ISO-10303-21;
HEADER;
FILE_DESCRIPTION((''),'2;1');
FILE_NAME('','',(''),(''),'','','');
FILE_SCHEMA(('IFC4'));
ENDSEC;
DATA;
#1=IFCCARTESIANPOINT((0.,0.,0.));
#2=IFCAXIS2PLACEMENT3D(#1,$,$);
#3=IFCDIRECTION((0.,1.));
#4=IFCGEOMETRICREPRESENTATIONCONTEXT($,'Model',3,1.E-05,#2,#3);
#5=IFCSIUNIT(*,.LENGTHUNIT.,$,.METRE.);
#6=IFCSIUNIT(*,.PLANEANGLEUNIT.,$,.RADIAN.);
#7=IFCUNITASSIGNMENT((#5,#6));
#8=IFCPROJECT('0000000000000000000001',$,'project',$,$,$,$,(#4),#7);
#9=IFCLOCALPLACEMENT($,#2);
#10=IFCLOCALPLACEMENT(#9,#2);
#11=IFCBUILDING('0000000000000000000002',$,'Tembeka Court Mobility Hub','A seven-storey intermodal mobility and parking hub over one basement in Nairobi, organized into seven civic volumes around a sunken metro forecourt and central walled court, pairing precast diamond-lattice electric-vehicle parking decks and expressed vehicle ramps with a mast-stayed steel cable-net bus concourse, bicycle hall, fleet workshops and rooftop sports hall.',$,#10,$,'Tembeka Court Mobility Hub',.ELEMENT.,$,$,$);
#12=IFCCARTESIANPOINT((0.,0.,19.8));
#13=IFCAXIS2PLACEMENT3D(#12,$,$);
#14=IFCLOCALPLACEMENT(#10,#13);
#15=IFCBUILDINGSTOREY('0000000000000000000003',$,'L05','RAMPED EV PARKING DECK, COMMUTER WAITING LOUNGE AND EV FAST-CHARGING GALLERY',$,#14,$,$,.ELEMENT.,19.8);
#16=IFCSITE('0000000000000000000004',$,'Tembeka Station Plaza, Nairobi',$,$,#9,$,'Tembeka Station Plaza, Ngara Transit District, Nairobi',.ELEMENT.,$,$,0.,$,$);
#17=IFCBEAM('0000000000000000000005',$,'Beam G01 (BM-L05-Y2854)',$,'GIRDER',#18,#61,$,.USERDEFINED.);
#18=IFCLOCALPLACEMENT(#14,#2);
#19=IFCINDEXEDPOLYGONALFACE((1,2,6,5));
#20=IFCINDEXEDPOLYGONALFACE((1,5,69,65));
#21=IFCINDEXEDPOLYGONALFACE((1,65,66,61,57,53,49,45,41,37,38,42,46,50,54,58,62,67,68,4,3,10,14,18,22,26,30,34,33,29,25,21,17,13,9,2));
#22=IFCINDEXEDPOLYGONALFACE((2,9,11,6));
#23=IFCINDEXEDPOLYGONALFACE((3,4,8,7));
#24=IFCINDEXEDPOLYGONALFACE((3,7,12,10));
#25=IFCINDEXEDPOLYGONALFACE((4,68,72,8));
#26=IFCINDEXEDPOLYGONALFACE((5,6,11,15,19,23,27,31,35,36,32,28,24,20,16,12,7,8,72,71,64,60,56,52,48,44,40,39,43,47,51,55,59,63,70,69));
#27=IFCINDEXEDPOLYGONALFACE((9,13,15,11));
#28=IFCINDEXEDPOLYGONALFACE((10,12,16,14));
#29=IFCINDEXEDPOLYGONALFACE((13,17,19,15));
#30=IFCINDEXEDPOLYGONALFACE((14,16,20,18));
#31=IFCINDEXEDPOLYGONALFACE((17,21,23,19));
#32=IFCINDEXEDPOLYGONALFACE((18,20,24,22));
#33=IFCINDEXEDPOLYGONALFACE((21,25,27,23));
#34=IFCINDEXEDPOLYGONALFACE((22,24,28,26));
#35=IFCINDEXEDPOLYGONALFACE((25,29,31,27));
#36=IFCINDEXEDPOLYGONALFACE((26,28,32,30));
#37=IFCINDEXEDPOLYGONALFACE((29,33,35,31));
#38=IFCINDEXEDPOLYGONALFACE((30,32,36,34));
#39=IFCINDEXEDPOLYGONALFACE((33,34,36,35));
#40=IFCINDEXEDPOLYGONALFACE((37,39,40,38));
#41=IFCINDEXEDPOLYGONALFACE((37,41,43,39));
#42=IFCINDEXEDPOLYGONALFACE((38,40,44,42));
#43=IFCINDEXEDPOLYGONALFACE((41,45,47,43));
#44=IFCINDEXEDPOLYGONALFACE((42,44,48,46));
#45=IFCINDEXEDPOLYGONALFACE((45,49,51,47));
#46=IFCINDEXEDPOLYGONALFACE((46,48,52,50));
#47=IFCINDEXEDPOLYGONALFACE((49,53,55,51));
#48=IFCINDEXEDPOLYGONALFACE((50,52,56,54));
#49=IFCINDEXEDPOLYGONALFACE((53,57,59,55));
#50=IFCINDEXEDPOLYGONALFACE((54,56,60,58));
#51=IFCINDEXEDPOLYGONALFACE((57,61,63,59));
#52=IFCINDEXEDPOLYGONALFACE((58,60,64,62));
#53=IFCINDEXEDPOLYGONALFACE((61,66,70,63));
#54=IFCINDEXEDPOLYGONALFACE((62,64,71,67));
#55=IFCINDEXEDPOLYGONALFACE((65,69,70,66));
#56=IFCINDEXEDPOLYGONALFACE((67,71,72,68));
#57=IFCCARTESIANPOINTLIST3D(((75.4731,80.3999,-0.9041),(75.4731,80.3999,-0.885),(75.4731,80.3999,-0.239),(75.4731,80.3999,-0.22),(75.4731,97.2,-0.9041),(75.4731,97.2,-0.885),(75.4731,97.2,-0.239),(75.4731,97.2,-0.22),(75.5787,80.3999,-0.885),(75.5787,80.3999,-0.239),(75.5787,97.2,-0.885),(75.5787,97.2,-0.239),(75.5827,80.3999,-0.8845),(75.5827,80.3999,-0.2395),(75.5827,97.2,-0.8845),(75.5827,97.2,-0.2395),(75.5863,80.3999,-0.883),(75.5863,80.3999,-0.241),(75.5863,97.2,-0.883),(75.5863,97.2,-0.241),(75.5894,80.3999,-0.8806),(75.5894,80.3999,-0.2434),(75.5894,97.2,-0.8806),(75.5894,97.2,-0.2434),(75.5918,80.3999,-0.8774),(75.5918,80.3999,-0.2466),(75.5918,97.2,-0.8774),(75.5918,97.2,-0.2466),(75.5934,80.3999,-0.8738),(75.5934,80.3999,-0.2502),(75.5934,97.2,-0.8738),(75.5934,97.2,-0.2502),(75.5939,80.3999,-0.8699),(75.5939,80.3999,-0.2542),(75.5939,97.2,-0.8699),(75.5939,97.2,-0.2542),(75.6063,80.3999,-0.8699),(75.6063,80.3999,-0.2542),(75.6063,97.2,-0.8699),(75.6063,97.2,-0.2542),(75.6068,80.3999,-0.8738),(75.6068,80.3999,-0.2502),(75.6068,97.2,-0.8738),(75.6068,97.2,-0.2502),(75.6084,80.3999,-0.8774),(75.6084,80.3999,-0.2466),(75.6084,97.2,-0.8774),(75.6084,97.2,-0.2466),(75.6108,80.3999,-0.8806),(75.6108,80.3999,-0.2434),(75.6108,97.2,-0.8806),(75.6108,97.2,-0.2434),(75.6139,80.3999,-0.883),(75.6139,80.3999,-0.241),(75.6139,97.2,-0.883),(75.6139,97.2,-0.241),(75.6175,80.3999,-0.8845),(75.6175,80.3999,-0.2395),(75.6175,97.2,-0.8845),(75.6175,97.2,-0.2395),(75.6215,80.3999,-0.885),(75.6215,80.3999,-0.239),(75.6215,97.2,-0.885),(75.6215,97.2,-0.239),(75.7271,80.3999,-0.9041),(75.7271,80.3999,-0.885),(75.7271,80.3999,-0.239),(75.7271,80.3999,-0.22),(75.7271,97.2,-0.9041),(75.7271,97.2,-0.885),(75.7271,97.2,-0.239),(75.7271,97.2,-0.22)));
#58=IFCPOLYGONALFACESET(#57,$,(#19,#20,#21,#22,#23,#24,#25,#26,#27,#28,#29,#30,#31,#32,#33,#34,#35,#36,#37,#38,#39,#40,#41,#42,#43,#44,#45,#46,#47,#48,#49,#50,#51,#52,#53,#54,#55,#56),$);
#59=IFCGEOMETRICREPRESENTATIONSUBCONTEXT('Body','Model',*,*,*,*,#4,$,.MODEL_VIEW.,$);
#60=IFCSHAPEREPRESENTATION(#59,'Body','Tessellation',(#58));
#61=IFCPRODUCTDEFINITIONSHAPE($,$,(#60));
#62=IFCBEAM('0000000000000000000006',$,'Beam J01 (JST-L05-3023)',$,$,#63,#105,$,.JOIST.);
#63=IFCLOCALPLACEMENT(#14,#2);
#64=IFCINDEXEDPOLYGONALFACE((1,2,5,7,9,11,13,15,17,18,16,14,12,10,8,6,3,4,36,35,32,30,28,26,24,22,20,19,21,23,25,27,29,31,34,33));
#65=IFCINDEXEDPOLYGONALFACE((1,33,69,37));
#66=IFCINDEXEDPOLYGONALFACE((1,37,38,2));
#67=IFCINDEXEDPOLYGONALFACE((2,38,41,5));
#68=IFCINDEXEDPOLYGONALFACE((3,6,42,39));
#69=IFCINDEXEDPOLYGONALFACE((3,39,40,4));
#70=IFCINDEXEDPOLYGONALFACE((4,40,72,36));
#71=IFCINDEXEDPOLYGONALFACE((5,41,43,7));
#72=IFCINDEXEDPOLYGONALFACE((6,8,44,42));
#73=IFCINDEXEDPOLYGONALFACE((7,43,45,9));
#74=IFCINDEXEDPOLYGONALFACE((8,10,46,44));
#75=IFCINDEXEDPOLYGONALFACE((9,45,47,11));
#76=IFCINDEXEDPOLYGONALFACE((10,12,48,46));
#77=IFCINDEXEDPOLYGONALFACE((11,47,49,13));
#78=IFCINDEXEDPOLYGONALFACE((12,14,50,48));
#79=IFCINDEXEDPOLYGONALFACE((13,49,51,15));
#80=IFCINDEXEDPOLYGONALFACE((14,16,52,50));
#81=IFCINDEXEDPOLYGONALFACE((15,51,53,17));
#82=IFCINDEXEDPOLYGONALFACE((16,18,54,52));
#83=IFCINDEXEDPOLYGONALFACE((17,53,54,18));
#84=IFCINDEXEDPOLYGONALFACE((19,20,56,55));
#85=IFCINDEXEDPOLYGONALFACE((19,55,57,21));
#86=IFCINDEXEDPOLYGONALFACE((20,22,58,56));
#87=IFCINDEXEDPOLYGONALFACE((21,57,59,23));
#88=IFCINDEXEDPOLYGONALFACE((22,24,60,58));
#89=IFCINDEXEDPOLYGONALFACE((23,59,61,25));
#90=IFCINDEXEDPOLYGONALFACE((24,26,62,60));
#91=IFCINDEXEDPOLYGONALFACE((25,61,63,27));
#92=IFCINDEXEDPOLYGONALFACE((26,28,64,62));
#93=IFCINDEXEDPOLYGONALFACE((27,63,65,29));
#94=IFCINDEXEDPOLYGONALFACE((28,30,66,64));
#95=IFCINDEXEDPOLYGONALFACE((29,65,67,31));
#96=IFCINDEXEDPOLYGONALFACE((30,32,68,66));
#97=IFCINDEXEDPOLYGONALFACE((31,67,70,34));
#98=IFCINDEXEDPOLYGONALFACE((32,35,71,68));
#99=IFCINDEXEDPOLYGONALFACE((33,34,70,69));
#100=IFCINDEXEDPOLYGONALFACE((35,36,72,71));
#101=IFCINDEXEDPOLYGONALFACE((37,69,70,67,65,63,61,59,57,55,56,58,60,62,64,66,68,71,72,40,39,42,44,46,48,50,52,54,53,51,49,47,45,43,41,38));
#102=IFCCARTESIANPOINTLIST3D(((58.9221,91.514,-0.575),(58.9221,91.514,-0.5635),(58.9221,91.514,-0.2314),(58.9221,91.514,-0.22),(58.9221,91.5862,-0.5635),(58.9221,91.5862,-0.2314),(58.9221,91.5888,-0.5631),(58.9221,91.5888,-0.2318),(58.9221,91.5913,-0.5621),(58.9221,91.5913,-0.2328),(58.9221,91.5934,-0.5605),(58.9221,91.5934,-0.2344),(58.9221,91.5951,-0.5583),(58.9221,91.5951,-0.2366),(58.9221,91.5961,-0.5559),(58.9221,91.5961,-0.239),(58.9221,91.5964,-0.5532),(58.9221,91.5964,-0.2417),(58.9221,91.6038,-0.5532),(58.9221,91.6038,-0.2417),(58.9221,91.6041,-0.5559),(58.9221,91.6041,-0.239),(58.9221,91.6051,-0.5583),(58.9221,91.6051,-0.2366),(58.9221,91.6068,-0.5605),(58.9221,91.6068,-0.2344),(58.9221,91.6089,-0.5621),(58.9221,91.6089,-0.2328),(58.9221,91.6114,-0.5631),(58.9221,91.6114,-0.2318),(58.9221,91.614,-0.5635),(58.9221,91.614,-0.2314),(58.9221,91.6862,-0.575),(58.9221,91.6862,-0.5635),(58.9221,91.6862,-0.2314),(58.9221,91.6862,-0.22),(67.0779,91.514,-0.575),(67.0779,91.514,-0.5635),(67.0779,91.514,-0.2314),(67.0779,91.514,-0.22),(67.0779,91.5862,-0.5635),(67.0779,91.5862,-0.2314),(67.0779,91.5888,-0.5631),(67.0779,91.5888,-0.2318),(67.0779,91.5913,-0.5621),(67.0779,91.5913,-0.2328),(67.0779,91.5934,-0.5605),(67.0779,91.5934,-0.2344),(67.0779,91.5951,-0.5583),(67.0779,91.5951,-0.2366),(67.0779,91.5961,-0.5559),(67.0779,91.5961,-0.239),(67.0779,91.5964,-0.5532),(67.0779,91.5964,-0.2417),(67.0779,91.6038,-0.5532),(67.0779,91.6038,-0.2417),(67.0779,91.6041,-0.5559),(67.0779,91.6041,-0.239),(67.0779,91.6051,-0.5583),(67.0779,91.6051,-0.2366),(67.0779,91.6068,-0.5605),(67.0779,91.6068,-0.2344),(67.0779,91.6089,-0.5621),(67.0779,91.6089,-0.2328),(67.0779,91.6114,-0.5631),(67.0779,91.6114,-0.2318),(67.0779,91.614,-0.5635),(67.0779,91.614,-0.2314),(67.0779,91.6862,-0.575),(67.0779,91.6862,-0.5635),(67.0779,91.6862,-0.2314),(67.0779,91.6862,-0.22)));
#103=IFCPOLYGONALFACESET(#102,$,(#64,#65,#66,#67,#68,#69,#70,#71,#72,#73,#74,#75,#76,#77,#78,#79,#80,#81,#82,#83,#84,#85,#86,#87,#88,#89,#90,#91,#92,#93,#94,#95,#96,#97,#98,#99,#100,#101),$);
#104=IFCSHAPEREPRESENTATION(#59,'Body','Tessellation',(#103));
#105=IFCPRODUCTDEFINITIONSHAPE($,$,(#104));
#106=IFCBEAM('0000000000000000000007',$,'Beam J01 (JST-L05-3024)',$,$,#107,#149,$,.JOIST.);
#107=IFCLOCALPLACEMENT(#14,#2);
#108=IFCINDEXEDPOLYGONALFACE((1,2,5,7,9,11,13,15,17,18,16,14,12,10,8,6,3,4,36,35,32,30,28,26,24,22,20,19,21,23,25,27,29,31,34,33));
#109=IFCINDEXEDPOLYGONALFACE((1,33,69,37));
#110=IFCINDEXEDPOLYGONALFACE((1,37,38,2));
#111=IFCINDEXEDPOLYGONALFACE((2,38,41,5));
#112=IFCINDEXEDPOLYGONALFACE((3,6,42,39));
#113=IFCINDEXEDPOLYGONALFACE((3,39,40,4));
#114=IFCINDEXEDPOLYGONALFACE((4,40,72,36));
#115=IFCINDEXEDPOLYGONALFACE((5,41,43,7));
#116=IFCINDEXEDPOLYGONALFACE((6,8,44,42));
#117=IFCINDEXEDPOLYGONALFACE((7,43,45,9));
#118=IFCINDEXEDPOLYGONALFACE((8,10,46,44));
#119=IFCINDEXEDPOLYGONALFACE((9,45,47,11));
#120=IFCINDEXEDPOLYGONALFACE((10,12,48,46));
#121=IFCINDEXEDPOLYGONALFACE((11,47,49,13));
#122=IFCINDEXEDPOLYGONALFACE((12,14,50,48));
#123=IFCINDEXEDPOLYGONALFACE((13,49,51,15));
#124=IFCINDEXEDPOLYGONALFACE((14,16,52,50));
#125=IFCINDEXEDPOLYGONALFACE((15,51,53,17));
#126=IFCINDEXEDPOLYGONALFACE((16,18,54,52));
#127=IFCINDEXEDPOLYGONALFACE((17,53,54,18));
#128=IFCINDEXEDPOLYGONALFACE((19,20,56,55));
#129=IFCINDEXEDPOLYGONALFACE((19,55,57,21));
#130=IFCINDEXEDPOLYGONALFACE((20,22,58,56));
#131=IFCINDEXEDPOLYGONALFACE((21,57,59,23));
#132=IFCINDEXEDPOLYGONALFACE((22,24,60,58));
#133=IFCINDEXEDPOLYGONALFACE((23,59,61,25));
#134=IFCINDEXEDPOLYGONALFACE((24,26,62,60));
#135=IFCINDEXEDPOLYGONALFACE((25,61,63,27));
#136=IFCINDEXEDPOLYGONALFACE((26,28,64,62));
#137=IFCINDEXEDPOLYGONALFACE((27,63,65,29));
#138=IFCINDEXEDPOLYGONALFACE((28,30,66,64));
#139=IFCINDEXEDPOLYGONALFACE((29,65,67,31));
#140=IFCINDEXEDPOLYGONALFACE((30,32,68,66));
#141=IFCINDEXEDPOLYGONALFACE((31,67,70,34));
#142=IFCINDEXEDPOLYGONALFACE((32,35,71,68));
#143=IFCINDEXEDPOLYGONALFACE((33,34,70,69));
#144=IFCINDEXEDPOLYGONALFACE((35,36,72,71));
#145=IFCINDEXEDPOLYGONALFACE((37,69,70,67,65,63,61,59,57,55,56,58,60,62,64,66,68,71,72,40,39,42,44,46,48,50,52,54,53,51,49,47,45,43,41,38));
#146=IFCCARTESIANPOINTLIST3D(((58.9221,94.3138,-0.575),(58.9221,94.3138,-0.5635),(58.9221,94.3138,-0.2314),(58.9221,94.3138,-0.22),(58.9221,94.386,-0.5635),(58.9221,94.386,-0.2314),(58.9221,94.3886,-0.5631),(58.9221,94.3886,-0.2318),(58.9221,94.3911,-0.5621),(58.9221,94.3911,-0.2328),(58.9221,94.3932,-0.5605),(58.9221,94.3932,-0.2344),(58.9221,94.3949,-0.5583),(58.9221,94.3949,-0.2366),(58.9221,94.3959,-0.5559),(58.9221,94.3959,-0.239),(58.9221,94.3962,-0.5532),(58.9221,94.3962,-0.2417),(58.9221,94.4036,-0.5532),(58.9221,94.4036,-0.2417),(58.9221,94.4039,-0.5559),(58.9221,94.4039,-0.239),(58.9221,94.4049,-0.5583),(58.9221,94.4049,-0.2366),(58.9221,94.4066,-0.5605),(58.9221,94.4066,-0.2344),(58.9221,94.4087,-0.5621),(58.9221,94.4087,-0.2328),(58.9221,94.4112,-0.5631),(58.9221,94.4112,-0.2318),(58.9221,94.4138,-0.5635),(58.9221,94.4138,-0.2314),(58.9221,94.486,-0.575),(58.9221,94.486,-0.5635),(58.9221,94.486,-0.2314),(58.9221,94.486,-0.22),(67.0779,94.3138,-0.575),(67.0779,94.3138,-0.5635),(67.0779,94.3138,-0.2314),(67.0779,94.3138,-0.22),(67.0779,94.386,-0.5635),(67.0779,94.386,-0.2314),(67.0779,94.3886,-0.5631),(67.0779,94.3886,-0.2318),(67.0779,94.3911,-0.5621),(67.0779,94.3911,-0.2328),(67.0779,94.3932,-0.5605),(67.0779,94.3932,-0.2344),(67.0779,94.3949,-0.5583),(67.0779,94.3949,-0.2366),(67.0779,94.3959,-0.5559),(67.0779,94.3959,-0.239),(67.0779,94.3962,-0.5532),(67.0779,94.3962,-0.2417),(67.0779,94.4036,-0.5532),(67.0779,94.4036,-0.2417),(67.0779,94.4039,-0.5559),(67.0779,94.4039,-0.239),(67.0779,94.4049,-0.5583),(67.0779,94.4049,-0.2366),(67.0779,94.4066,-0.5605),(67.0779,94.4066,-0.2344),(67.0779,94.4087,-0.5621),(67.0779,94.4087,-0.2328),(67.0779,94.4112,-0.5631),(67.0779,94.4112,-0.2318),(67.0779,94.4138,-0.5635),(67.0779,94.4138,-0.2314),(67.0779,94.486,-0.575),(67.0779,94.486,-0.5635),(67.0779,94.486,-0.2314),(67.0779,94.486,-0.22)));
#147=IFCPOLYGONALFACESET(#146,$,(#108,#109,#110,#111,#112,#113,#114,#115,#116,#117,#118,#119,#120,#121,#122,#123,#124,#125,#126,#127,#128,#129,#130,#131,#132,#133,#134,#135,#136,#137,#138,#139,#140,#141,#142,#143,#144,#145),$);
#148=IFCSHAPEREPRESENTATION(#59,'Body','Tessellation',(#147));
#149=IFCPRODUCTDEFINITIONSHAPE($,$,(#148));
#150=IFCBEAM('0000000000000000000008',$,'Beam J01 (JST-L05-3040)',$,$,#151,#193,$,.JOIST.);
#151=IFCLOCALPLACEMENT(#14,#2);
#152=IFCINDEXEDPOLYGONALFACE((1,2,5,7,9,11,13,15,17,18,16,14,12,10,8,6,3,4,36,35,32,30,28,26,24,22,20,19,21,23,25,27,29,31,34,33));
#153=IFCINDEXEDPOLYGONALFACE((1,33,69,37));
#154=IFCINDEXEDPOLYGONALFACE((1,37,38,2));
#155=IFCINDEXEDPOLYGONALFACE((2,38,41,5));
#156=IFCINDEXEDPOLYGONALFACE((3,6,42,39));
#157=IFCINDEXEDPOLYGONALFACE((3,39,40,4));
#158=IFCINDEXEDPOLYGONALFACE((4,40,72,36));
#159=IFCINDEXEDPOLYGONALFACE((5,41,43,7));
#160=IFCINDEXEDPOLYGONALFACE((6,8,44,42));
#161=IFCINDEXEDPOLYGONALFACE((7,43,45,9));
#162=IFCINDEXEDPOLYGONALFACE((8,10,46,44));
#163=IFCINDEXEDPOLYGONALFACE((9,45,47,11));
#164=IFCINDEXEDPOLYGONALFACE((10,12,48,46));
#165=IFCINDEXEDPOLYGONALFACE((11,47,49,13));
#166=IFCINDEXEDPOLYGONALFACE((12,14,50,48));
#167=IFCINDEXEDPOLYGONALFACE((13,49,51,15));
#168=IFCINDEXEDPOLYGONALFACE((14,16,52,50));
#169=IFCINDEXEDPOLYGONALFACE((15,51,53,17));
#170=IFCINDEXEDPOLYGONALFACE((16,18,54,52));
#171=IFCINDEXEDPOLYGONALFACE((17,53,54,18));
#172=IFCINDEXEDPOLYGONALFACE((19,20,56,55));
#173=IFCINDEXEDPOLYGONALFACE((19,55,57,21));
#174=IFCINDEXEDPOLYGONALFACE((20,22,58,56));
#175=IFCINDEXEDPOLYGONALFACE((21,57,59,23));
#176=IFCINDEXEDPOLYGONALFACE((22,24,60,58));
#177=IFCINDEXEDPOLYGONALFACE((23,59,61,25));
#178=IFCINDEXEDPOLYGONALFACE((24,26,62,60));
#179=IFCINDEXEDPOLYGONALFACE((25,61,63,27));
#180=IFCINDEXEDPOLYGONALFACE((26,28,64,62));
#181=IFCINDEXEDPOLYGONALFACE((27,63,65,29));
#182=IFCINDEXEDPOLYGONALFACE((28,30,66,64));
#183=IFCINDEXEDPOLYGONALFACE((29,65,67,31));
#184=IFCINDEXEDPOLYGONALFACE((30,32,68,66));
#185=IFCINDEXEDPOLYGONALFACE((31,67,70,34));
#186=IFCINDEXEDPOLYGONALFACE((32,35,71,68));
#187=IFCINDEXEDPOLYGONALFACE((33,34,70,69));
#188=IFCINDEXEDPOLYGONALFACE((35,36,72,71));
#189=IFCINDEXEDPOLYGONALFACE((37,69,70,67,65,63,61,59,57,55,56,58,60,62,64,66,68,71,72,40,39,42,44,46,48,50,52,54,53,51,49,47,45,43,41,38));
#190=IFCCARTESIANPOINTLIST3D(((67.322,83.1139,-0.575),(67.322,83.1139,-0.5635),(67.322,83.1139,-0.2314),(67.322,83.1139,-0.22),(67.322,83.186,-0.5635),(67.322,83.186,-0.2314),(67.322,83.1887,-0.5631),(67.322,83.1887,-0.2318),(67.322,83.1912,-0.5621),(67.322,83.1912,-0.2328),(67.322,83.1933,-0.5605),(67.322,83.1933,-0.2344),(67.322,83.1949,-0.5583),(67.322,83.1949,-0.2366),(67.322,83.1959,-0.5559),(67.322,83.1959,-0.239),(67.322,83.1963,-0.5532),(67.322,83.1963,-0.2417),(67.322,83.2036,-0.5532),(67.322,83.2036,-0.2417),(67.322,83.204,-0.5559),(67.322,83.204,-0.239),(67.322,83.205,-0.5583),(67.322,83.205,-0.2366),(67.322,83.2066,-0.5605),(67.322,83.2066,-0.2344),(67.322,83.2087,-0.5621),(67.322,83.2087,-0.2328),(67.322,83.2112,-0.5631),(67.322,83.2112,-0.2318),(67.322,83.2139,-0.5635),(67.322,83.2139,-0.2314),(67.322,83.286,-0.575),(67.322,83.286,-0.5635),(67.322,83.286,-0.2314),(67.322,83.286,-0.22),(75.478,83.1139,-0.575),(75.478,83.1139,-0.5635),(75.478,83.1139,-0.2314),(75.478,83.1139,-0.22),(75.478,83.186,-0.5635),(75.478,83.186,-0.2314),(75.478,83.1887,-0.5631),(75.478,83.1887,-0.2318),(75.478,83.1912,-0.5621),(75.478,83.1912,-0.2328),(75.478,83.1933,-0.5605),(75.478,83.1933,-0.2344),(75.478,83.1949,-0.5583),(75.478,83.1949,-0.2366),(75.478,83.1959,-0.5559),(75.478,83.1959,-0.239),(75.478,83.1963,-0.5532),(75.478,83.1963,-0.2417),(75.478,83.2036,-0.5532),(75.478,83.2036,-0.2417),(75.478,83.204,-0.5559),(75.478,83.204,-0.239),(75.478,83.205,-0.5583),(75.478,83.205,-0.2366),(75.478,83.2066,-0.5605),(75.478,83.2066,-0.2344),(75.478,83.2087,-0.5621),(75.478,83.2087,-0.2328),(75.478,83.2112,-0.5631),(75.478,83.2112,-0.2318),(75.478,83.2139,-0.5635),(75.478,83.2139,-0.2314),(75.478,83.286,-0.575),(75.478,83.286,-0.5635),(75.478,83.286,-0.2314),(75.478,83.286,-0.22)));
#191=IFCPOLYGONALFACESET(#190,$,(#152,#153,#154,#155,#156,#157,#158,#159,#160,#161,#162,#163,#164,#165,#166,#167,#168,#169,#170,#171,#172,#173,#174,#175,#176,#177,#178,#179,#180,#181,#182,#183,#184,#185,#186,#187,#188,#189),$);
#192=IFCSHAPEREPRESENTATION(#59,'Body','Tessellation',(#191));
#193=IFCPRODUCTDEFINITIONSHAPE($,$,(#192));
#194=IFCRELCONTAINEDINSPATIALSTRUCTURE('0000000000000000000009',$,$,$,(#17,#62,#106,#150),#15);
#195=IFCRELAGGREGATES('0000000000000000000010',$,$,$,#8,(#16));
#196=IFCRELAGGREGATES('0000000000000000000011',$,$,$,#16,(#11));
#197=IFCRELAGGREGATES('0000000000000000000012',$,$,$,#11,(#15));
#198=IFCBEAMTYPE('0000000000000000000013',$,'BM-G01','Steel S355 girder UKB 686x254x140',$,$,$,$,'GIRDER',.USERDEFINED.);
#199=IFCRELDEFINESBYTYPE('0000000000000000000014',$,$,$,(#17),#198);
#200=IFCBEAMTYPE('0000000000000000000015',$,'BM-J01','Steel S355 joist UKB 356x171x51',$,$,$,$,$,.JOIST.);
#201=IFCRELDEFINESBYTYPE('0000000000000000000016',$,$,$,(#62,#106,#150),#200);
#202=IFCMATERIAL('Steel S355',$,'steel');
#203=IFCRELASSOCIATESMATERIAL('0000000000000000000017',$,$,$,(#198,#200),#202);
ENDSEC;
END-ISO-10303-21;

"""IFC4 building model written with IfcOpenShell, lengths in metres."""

from ifc_helpers import new_model, si_unit, direction, frame, origin, origin_2d, place, context, subcontext, project, spatial, i_section, extrude, material, material_profile, profile_set, type_object, element, save


model = new_model("IFC4")

# Units and contexts
model_context = context("Model", 3, precision=1e-05, world=origin(), true_north=direction((0.0, 1.0)))
body_context = subcontext(model_context, "Body", "Model", "MODEL_VIEW")
ifc_project = project(units=[si_unit("LENGTHUNIT", "METRE"), si_unit("PLANEANGLEUNIT", "RADIAN")], contexts=[model_context])

# Site, building, storey
site_placement = place(None, origin())
site = spatial("IfcSite", under=ifc_project, at=site_placement, Name="Tembeka Station Plaza, Nairobi", LongName="Tembeka Station Plaza, Ngara Transit District, Nairobi", CompositionType="ELEMENT", RefElevation=0.0)
building_placement = place(site_placement, origin())
building = spatial("IfcBuilding", under=site, at=building_placement, Name="Tembeka Court Mobility Hub", Description="A seven-storey intermodal mobility and parking hub over one basement in Nairobi, organized into seven civic volumes around a sunken metro forecourt and central walled court, pairing precast diamond-lattice electric-vehicle parking decks and expressed vehicle ramps with a mast-stayed steel cable-net bus concourse, bicycle hall, fleet workshops and rooftop sports hall.", LongName="Tembeka Court Mobility Hub", CompositionType="ELEMENT")
storey_placement = place(building_placement, frame((0.0, 0.0, 19.8)))
storey = spatial("IfcBuildingStorey", under=building, at=storey_placement, Name="L05", Description="RAMPED EV PARKING DECK, COMMUTER WAITING LOUNGE AND EV FAST-CHARGING GALLERY", CompositionType="ELEMENT", Elevation=19.8)

# Shared definitions
ifc_material = material(Name="Steel S355", Category="steel")

# Beams
ifc_material_profile_1 = material_profile(ifc_material, i_section(OverallWidth=0.2539, OverallDepth=0.6841, WebThickness=0.0125, FlangeThickness=0.019, FilletRadius=0.0151, at=origin_2d()), Name="UKB 686x254x140")
ifc_profile_set_1 = profile_set([ifc_material_profile_1], Name="Steel S355")
beam_type_1 = type_object("IfcBeamType", Name="BM-G01", Description="Steel S355 girder UKB 686x254x140", ElementType="GIRDER", PredefinedType="USERDEFINED", material=ifc_profile_set_1)
for number, where, z_axis, x_axis, name in (
    (1, (75.6001, 80.3999, -0.562), (0.0, 1.0, 0.0), (-1.0, 0.0, 0.0), "Beam G01 (BM-L05-Y2854)"),
):
    element("IfcBeam", number, at=place(storey_placement, frame(where, z_axis=z_axis, x_axis=x_axis)), inside=storey, type_object=beam_type_1, Name=name, ObjectType="GIRDER", PredefinedType="USERDEFINED", context=body_context, shape_type="SweptSolid", body=[
        extrude(i_section(OverallWidth=0.2539, OverallDepth=0.6841, WebThickness=0.0125, FlangeThickness=0.019, FilletRadius=0.0151, at=origin_2d()), origin(), (0.0, 0.0, 1.0), 16.8),
    ])
ifc_material_profile_2 = material_profile(ifc_material, i_section(OverallWidth=0.1721, OverallDepth=0.355, WebThickness=0.0073, FlangeThickness=0.0115, FilletRadius=0.0103, at=origin_2d()), Name="UKB 356x171x51")
ifc_profile_set_2 = profile_set([ifc_material_profile_2], Name="Steel S355")
beam_type_2 = type_object("IfcBeamType", Name="BM-J01", Description="Steel S355 joist UKB 356x171x51", PredefinedType="JOIST", material=ifc_profile_set_2)
for number, where, z_axis, x_axis, name in (
    (2, (58.9221, 91.6001, -0.3975), (1.0, 0.0, 0.0), (0.0, 1.0, 0.0), "Beam J01 (JST-L05-3023)"),
    (3, (58.9221, 94.3999, -0.3975), (1.0, 0.0, 0.0), (0.0, 1.0, 0.0), "Beam J01 (JST-L05-3024)"),
):
    element("IfcBeam", number, at=place(storey_placement, frame(where, z_axis=z_axis, x_axis=x_axis)), inside=storey, type_object=beam_type_2, Name=name, PredefinedType="JOIST", context=body_context, shape_type="SweptSolid", body=[
        extrude(i_section(OverallWidth=0.1721, OverallDepth=0.355, WebThickness=0.0073, FlangeThickness=0.0115, FilletRadius=0.0103, at=origin_2d()), origin(), (0.0, 0.0, 1.0), 8.1558),
    ])
for number, where, z_axis, x_axis, name in (
    (4, (67.322, 83.2, -0.3975), (1.0, 0.0, 0.0), (0.0, 1.0, 0.0), "Beam J01 (JST-L05-3040)"),
):
    element("IfcBeam", number, at=place(storey_placement, frame(where, z_axis=z_axis, x_axis=x_axis)), inside=storey, type_object=beam_type_2, Name=name, PredefinedType="JOIST", context=body_context, shape_type="SweptSolid", body=[
        extrude(i_section(OverallWidth=0.1721, OverallDepth=0.355, WebThickness=0.0073, FlangeThickness=0.0115, FilletRadius=0.0103, at=origin_2d()), origin(), (0.0, 0.0, 1.0), 8.156),
    ])

save(model, "model.ifc")
